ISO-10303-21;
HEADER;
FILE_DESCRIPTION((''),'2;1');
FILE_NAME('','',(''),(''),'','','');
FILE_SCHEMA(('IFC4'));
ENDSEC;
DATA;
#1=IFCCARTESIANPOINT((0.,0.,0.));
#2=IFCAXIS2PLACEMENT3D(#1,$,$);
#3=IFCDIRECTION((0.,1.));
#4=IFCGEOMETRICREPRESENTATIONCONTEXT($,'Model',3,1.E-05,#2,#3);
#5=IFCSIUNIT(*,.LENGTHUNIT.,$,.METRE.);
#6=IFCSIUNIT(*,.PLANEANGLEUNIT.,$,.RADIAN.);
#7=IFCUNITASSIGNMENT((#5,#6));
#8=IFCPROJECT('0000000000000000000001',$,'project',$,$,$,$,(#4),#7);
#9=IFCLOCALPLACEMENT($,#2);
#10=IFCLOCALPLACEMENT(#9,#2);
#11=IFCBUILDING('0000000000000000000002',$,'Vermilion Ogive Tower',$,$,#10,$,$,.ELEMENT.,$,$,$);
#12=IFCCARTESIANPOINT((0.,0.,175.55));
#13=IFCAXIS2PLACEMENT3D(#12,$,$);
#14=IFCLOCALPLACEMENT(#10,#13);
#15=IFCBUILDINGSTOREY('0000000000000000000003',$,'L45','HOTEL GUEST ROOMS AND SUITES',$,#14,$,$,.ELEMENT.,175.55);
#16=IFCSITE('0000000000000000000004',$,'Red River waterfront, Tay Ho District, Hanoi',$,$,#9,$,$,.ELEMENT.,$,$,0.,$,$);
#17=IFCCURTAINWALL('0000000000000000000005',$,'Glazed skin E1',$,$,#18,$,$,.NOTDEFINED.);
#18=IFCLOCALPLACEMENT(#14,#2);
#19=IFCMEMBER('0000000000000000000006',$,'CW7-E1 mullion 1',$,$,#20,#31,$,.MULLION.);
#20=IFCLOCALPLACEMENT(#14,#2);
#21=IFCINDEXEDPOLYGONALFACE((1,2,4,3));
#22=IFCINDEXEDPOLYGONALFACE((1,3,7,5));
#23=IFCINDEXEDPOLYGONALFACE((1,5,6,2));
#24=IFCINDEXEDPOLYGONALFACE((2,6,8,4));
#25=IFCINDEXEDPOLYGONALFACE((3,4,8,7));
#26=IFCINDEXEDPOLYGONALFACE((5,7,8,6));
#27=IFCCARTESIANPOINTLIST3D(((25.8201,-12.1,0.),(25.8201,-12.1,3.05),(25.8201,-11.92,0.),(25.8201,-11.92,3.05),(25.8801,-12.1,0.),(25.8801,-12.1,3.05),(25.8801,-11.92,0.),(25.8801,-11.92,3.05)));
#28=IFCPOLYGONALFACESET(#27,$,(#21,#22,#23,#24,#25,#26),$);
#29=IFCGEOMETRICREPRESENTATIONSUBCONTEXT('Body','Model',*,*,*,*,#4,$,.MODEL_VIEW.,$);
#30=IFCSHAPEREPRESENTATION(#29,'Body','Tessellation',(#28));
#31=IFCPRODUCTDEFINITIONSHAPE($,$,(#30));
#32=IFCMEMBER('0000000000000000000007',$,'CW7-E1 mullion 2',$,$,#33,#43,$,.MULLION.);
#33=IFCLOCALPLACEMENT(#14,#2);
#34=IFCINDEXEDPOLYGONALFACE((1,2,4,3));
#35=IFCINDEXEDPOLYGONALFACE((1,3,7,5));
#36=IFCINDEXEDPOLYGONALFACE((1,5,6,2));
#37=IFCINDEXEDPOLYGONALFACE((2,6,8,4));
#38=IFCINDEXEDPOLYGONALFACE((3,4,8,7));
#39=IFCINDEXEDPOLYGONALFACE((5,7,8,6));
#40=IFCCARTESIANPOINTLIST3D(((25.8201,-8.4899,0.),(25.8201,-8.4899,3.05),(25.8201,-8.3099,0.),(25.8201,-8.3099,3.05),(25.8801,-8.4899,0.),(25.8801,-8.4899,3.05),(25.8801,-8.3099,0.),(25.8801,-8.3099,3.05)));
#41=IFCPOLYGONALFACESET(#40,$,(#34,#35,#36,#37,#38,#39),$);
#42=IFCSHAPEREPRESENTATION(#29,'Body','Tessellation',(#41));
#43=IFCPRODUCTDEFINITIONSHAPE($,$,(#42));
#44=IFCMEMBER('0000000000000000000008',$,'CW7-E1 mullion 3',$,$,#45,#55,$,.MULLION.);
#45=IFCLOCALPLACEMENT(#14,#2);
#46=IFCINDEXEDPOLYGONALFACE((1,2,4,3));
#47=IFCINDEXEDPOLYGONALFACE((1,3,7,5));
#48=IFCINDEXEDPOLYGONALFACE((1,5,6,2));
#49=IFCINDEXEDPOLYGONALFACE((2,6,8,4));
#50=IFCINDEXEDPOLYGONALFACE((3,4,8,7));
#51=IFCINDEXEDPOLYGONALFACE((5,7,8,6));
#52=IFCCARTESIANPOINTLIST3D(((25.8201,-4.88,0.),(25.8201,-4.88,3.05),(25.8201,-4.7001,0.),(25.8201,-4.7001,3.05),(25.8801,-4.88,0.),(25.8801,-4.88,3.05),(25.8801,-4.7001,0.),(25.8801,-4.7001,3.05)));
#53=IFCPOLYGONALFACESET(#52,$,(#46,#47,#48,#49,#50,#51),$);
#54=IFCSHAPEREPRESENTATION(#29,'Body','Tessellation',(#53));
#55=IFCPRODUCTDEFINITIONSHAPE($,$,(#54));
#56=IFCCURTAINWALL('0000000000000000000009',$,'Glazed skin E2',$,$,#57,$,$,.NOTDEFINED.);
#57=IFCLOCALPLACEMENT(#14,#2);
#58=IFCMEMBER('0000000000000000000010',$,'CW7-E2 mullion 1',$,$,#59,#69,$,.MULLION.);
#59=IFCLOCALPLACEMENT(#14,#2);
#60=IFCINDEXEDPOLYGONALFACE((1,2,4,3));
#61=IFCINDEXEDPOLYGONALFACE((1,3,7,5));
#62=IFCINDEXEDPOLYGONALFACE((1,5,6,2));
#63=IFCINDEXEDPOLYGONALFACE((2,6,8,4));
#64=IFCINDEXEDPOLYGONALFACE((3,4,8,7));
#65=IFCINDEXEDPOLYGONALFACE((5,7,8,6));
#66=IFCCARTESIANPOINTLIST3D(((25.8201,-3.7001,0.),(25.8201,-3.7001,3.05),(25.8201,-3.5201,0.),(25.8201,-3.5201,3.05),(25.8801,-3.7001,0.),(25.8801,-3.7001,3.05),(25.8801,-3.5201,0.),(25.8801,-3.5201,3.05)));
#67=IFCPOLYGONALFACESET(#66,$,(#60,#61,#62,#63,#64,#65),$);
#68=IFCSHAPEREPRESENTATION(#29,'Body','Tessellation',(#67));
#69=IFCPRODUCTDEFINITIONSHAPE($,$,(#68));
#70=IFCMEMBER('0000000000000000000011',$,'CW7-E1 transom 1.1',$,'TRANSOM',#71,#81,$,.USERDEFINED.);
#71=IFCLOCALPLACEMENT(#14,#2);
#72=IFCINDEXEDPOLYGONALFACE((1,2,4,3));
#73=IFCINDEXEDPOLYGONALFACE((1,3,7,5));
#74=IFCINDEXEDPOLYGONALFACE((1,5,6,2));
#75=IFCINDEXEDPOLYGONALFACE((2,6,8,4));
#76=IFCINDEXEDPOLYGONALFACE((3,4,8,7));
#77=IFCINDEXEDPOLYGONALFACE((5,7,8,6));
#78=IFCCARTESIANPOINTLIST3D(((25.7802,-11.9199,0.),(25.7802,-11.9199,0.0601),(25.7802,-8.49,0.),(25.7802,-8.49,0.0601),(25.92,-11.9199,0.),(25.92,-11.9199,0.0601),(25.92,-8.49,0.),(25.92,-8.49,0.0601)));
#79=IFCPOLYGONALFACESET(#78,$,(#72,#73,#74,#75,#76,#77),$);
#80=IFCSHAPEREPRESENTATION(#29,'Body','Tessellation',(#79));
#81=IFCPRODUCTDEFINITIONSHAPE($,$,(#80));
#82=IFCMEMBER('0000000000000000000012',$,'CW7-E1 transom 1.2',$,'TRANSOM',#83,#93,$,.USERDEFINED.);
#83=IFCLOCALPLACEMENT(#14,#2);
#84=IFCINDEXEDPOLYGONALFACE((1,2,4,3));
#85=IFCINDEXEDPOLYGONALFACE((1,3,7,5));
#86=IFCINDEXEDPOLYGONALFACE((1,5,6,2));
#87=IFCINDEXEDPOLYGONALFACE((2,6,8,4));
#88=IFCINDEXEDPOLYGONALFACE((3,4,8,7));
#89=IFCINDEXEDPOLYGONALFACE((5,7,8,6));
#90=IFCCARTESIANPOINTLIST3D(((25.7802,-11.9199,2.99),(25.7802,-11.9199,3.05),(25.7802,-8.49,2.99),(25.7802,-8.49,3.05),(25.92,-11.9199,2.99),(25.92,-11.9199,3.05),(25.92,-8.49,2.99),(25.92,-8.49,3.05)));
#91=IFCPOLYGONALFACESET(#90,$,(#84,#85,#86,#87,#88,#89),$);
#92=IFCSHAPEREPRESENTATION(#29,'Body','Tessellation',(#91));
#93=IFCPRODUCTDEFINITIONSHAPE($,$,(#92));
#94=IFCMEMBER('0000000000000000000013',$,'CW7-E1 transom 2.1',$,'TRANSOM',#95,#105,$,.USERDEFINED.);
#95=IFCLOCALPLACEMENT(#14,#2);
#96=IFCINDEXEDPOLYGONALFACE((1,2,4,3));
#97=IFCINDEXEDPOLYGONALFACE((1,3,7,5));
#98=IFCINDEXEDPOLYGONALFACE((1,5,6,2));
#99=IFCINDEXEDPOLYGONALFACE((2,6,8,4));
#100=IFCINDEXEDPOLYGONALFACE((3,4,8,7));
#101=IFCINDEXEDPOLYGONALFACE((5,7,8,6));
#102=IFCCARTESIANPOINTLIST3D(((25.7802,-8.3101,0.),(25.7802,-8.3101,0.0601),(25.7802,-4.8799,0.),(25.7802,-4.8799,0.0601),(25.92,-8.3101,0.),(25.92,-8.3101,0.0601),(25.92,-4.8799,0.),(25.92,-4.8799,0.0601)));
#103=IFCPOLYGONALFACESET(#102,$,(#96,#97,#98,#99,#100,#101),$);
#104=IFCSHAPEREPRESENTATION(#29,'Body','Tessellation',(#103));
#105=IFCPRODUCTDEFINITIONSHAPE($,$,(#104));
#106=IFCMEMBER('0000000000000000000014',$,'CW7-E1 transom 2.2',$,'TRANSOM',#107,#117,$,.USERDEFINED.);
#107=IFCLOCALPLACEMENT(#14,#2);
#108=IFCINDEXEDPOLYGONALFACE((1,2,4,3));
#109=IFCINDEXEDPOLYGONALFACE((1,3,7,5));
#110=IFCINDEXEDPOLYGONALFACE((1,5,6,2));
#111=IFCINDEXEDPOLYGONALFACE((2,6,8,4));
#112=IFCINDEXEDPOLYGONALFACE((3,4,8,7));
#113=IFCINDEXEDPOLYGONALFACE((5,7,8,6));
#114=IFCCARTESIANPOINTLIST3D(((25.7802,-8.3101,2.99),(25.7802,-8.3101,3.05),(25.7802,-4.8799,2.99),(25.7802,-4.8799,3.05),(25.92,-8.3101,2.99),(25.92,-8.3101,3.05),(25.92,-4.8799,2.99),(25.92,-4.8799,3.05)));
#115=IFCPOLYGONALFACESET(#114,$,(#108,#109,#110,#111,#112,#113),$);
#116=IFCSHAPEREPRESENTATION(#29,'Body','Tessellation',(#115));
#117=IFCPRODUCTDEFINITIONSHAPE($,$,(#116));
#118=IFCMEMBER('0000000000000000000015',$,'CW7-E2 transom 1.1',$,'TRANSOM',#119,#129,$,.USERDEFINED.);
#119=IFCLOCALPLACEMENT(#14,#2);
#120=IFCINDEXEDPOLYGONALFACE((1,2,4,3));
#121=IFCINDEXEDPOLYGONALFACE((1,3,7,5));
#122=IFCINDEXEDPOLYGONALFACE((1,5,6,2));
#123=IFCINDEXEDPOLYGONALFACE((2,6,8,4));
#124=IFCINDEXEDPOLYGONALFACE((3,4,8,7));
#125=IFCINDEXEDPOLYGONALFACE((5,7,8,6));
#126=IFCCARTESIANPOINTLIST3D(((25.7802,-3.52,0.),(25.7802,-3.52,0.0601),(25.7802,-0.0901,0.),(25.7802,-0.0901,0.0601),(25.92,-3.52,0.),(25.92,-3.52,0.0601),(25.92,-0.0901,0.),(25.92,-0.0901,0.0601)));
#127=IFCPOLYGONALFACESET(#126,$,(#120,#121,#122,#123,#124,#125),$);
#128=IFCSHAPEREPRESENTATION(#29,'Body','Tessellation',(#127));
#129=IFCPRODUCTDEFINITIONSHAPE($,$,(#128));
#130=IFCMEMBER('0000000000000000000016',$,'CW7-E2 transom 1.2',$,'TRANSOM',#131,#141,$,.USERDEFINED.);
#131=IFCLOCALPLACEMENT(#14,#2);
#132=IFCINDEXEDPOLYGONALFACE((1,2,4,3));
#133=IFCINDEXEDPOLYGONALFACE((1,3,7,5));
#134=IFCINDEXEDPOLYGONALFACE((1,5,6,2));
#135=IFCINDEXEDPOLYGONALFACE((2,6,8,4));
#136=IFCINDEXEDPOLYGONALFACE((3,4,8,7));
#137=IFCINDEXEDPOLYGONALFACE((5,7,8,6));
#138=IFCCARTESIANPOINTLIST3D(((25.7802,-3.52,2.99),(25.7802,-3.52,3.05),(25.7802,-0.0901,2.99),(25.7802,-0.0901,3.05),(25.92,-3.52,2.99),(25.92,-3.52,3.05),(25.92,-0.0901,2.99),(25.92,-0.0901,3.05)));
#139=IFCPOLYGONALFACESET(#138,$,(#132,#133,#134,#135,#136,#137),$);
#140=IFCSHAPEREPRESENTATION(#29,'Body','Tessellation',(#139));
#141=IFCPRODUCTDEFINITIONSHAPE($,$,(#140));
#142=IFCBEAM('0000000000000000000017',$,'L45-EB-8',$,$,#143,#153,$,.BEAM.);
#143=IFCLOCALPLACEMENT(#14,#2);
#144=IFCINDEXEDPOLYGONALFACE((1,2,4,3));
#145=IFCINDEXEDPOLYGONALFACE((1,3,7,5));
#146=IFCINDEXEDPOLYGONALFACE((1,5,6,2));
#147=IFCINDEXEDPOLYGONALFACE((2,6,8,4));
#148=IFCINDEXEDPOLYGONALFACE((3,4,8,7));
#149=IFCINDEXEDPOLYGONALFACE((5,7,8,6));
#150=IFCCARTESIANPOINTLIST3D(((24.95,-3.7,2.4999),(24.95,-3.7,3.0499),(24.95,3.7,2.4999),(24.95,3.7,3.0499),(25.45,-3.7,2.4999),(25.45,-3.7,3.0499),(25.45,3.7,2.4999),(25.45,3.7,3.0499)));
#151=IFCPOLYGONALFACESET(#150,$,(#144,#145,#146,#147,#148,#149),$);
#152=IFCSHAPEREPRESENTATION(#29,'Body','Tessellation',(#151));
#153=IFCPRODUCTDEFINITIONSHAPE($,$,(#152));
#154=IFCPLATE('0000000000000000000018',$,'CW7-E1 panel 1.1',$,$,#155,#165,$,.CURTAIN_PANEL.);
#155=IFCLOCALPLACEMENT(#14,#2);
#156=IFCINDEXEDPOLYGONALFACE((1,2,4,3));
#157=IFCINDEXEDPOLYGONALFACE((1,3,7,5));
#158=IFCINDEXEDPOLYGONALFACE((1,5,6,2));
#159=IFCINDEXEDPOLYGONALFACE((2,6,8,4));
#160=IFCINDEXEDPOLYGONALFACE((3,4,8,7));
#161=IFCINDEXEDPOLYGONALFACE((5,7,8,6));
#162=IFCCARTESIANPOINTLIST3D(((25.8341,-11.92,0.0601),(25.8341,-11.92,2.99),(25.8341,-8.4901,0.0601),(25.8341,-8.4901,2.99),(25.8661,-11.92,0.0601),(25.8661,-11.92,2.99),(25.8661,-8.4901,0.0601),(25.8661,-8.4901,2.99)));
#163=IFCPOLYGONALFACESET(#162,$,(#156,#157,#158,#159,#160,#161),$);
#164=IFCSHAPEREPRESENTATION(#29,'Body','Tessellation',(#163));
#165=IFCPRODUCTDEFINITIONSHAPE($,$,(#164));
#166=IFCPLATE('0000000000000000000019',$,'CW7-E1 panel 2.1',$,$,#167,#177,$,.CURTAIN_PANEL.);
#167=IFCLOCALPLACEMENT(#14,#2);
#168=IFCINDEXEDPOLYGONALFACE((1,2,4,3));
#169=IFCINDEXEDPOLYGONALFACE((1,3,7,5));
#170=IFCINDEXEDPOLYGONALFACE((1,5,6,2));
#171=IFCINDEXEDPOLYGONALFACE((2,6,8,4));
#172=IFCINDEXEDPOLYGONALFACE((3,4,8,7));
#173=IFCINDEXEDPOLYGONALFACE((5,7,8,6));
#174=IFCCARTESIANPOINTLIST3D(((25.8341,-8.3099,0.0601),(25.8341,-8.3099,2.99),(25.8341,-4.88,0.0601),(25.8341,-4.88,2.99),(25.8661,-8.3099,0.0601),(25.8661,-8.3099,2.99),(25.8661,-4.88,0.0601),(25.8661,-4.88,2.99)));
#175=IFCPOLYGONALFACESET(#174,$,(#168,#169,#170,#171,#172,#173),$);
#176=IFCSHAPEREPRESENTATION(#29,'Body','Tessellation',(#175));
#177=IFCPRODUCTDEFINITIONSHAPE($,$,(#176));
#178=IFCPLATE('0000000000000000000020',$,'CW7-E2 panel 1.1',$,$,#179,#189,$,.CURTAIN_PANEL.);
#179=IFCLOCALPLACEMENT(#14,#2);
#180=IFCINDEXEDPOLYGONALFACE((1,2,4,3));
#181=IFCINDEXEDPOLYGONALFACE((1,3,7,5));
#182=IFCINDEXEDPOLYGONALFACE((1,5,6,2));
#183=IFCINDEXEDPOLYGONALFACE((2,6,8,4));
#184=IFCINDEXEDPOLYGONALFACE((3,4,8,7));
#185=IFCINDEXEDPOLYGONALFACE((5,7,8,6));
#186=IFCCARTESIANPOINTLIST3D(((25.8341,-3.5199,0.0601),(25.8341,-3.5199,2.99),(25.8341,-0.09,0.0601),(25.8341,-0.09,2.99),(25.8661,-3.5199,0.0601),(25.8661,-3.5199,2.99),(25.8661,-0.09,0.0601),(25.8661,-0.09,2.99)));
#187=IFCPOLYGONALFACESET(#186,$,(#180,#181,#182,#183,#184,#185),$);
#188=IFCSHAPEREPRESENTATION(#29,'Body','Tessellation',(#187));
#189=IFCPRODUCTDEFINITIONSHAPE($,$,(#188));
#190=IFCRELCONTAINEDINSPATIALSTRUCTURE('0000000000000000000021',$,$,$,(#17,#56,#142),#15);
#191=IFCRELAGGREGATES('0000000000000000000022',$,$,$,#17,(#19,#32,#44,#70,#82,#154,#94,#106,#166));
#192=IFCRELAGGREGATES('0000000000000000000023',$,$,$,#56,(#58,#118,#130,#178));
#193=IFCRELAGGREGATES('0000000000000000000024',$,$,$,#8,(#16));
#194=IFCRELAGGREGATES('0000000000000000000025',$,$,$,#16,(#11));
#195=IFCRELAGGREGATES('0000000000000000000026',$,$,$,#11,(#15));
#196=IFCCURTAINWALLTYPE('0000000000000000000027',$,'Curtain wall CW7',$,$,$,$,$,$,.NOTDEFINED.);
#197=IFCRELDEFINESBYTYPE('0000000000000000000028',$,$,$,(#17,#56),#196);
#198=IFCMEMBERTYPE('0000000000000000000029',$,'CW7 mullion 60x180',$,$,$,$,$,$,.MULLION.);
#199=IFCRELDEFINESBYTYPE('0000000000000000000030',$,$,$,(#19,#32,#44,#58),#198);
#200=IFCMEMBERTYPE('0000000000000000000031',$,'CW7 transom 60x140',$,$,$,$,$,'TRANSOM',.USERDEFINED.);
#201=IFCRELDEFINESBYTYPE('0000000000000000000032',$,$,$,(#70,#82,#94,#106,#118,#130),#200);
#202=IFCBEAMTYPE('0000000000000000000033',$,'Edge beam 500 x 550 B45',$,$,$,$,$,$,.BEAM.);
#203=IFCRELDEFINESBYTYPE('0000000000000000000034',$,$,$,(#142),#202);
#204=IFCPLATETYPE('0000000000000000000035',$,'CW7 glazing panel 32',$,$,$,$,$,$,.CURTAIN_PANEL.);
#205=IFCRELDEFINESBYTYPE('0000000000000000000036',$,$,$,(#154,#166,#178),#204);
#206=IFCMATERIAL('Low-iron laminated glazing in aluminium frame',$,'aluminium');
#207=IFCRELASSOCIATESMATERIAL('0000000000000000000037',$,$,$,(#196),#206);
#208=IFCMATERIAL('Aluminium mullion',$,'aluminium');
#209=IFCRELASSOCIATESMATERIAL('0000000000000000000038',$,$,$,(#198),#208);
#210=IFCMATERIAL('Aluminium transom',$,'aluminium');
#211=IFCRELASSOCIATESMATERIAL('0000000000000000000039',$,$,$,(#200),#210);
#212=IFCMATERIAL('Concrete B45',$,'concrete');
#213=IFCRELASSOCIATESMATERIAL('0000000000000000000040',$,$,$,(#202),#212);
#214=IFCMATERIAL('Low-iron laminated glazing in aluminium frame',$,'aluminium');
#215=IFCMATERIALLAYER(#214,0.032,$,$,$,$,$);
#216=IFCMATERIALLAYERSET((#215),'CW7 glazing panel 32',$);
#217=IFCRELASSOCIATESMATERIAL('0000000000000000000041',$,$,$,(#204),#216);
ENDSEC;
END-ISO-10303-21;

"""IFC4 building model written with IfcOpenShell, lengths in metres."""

from ifc_helpers import new_model, si_unit, direction, frame, origin, origin_2d, place, context, subcontext, project, spatial, rectangle, extrude, material, layer, layer_set, material_profile, profile_set, type_object, element, aggregate, save


model = new_model("IFC4")

# Units and contexts
model_context = context("Model", 3, precision=1e-05, world=origin(), true_north=direction((0.0, 1.0)))
body_context = subcontext(model_context, "Body", "Model", "MODEL_VIEW")
ifc_project = project(units=[si_unit("LENGTHUNIT", "METRE"), si_unit("PLANEANGLEUNIT", "RADIAN")], contexts=[model_context])

# Site, building, storey
site_placement = place(None, origin())
site = spatial("IfcSite", under=ifc_project, at=site_placement, Name="Red River waterfront, Tay Ho District, Hanoi", CompositionType="ELEMENT", RefElevation=0.0)
building_placement = place(site_placement, origin())
building = spatial("IfcBuilding", under=site, at=building_placement, Name="Vermilion Ogive Tower", CompositionType="ELEMENT")
storey_placement = place(building_placement, frame((0.0, 0.0, 175.55)))
storey = spatial("IfcBuildingStorey", under=building, at=storey_placement, Name="L45", Description="HOTEL GUEST ROOMS AND SUITES", CompositionType="ELEMENT", Elevation=175.55)

# Curtain wall, members
ifc_material_1 = material(Name="Low-iron laminated glazing in aluminium frame", Category="aluminium")
curtain_wall_type = type_object("IfcCurtainWallType", Name="Curtain wall CW7", PredefinedType="NOTDEFINED", material=ifc_material_1)
curtain_wall_1_placement = place(storey_placement, origin())
curtain_wall_1 = element("IfcCurtainWall", 1, at=curtain_wall_1_placement, inside=storey, type_object=curtain_wall_type, Name="Glazed skin E1", PredefinedType="NOTDEFINED")
ifc_material_2 = material(Name="Aluminium mullion", Category="aluminium")
ifc_material_profile_1 = material_profile(ifc_material_2, rectangle(XDim=0.0601, YDim=0.1799, at=origin_2d()), Name="AL 60x180")
ifc_profile_set_1 = profile_set([ifc_material_profile_1], Name="Aluminium mullion")
member_type_1 = type_object("IfcMemberType", Name="CW7 mullion 60x180", PredefinedType="MULLION", material=ifc_profile_set_1)
member_1_placement = place(storey_placement, frame((25.8501, -12.01, 0.0), z_axis=(0.0, 0.0, 1.0), x_axis=(-1.0, 0.0, 0.0)))
member_1 = element("IfcMember", 2, at=member_1_placement, type_object=member_type_1, Name="CW7-E1 mullion 1", PredefinedType="MULLION", context=body_context, shape_type="SweptSolid", body=[
    extrude(rectangle(XDim=0.0601, YDim=0.1799, at=origin_2d()), origin(), (0.0, 0.0, 1.0), 3.05),
])
member_2_placement = place(storey_placement, frame((25.8501, -8.3999, 0.0), z_axis=(0.0, 0.0, 1.0), x_axis=(-1.0, 0.0, 0.0)))
member_2 = element("IfcMember", 3, at=member_2_placement, type_object=member_type_1, Name="CW7-E1 mullion 2", PredefinedType="MULLION", context=body_context, shape_type="SweptSolid", body=[
    extrude(rectangle(XDim=0.0601, YDim=0.1799, at=origin_2d()), origin(), (0.0, 0.0, 1.0), 3.05),
])
member_3_placement = place(storey_placement, frame((25.8501, -4.79, 0.0), z_axis=(0.0, 0.0, 1.0), x_axis=(-1.0, 0.0, 0.0)))
member_3 = element("IfcMember", 4, at=member_3_placement, type_object=member_type_1, Name="CW7-E1 mullion 3", PredefinedType="MULLION", context=body_context, shape_type="SweptSolid", body=[
    extrude(rectangle(XDim=0.0601, YDim=0.1799, at=origin_2d()), origin(), (0.0, 0.0, 1.0), 3.05),
])

# Curtain wall, member
curtain_wall_2_placement = place(storey_placement, origin())
curtain_wall_2 = element("IfcCurtainWall", 5, at=curtain_wall_2_placement, inside=storey, type_object=curtain_wall_type, Name="Glazed skin E2", PredefinedType="NOTDEFINED")
member_4_placement = place(storey_placement, frame((25.8501, -3.6101, 0.0), z_axis=(0.0, 0.0, 1.0), x_axis=(-1.0, 0.0, 0.0)))
member_4 = element("IfcMember", 6, at=member_4_placement, type_object=member_type_1, Name="CW7-E2 mullion 1", PredefinedType="MULLION", context=body_context, shape_type="SweptSolid", body=[
    extrude(rectangle(XDim=0.0601, YDim=0.1799, at=origin_2d()), origin(), (0.0, 0.0, 1.0), 3.05),
])

# Members
ifc_material_3 = material(Name="Aluminium transom", Category="aluminium")
ifc_material_profile_2 = material_profile(ifc_material_3, rectangle(XDim=0.1399, YDim=0.0601, at=origin_2d()), Name="AL 60x140")
ifc_profile_set_2 = profile_set([ifc_material_profile_2], Name="Aluminium transom")
member_type_2 = type_object("IfcMemberType", Name="CW7 transom 60x140", ElementType="TRANSOM", PredefinedType="USERDEFINED", material=ifc_profile_set_2)
member_5_placement = place(storey_placement, frame((25.8501, -11.9199, 0.03), z_axis=(0.0, 1.0, 0.0), x_axis=(-1.0, 0.0, 0.0)))
member_5 = element("IfcMember", 7, at=member_5_placement, type_object=member_type_2, Name="CW7-E1 transom 1.1", ObjectType="TRANSOM", PredefinedType="USERDEFINED", context=body_context, shape_type="SweptSolid", body=[
    extrude(rectangle(XDim=0.1399, YDim=0.0601, at=origin_2d()), origin(), (0.0, 0.0, 1.0), 3.4299),
])
member_6_placement = place(storey_placement, frame((25.8501, -11.9199, 3.02), z_axis=(0.0, 1.0, 0.0), x_axis=(-1.0, 0.0, 0.0)))
member_6 = element("IfcMember", 8, at=member_6_placement, type_object=member_type_2, Name="CW7-E1 transom 1.2", ObjectType="TRANSOM", PredefinedType="USERDEFINED", context=body_context, shape_type="SweptSolid", body=[
    extrude(rectangle(XDim=0.1399, YDim=0.0601, at=origin_2d()), origin(), (0.0, 0.0, 1.0), 3.4299),
])
member_7_placement = place(storey_placement, frame((25.8501, -8.3101, 0.03), z_axis=(0.0, 1.0, 0.0), x_axis=(-1.0, 0.0, 0.0)))
member_7 = element("IfcMember", 9, at=member_7_placement, type_object=member_type_2, Name="CW7-E1 transom 2.1", ObjectType="TRANSOM", PredefinedType="USERDEFINED", context=body_context, shape_type="SweptSolid", body=[
    extrude(rectangle(XDim=0.1399, YDim=0.0601, at=origin_2d()), origin(), (0.0, 0.0, 1.0), 3.4302),
])
member_8_placement = place(storey_placement, frame((25.8501, -8.3101, 3.02), z_axis=(0.0, 1.0, 0.0), x_axis=(-1.0, 0.0, 0.0)))
member_8 = element("IfcMember", 10, at=member_8_placement, type_object=member_type_2, Name="CW7-E1 transom 2.2", ObjectType="TRANSOM", PredefinedType="USERDEFINED", context=body_context, shape_type="SweptSolid", body=[
    extrude(rectangle(XDim=0.1399, YDim=0.0601, at=origin_2d()), origin(), (0.0, 0.0, 1.0), 3.4302),
])
member_9_placement = place(storey_placement, frame((25.8501, -3.52, 0.03), z_axis=(0.0, 1.0, 0.0), x_axis=(-1.0, 0.0, 0.0)))
member_9 = element("IfcMember", 11, at=member_9_placement, type_object=member_type_2, Name="CW7-E2 transom 1.1", ObjectType="TRANSOM", PredefinedType="USERDEFINED", context=body_context, shape_type="SweptSolid", body=[
    extrude(rectangle(XDim=0.1399, YDim=0.0601, at=origin_2d()), origin(), (0.0, 0.0, 1.0), 3.4299),
])
member_10_placement = place(storey_placement, frame((25.8501, -3.52, 3.02), z_axis=(0.0, 1.0, 0.0), x_axis=(-1.0, 0.0, 0.0)))
member_10 = element("IfcMember", 12, at=member_10_placement, type_object=member_type_2, Name="CW7-E2 transom 1.2", ObjectType="TRANSOM", PredefinedType="USERDEFINED", context=body_context, shape_type="SweptSolid", body=[
    extrude(rectangle(XDim=0.1399, YDim=0.0601, at=origin_2d()), origin(), (0.0, 0.0, 1.0), 3.4299),
])

# Beam
ifc_material_4 = material(Name="Concrete B45", Category="concrete")
ifc_material_profile_3 = material_profile(ifc_material_4, rectangle(XDim=0.5, YDim=0.55, at=origin_2d()), Name="500 x 550")
ifc_profile_set_3 = profile_set([ifc_material_profile_3], Name="Concrete B45")
beam_type = type_object("IfcBeamType", Name="Edge beam 500 x 550 B45", PredefinedType="BEAM", material=ifc_profile_set_3)
beam_placement = place(storey_placement, frame((25.2, -3.7, 2.7749), z_axis=(0.0, 1.0, 0.0), x_axis=(-1.0, 0.0, 0.0)))
element("IfcBeam", 13, at=beam_placement, inside=storey, type_object=beam_type, Name="L45-EB-8", PredefinedType="BEAM", context=body_context, shape_type="SweptSolid", body=[
    extrude(rectangle(XDim=0.5, YDim=0.55, at=origin_2d()), origin(), (0.0, 0.0, 1.0), 7.3999),
])

# Plates
ifc_material_5 = material(Name="Low-iron laminated glazing in aluminium frame", Category="aluminium")
ifc_layer = layer(ifc_material_5, 0.032)
ifc_layer_set = layer_set([ifc_layer], Name="CW7 glazing panel 32")
plate_type = type_object("IfcPlateType", Name="CW7 glazing panel 32", PredefinedType="CURTAIN_PANEL", material=ifc_layer_set)
plate_1_placement = place(storey_placement, frame((25.8501, -10.2051, 0.0601), z_axis=(0.0, 0.0, 1.0), x_axis=(0.0, 1.0, 0.0)))
plate_1 = element("IfcPlate", 14, at=plate_1_placement, type_object=plate_type, Name="CW7-E1 panel 1.1", PredefinedType="CURTAIN_PANEL", context=body_context, shape_type="SweptSolid", body=[
    extrude(rectangle(XDim=3.4299, YDim=0.032, at=origin_2d()), origin(), (0.0, 0.0, 1.0), 2.9299),
])
plate_2_placement = place(storey_placement, frame((25.8501, -6.595, 0.0601), z_axis=(0.0, 0.0, 1.0), x_axis=(0.0, 1.0, 0.0)))
plate_2 = element("IfcPlate", 15, at=plate_2_placement, type_object=plate_type, Name="CW7-E1 panel 2.1", PredefinedType="CURTAIN_PANEL", context=body_context, shape_type="SweptSolid", body=[
    extrude(rectangle(XDim=3.4299, YDim=0.032, at=origin_2d()), origin(), (0.0, 0.0, 1.0), 2.9299),
])
aggregate(curtain_wall_1, [member_1, member_2, member_3, member_5, member_6, plate_1, member_7, member_8, plate_2])
plate_3_placement = place(storey_placement, frame((25.8501, -1.8049, 0.0601), z_axis=(0.0, 0.0, 1.0), x_axis=(0.0, 1.0, 0.0)))
plate_3 = element("IfcPlate", 16, at=plate_3_placement, type_object=plate_type, Name="CW7-E2 panel 1.1", PredefinedType="CURTAIN_PANEL", context=body_context, shape_type="SweptSolid", body=[
    extrude(rectangle(XDim=3.4299, YDim=0.032, at=origin_2d()), origin(), (0.0, 0.0, 1.0), 2.9299),
])
aggregate(curtain_wall_2, [member_4, member_9, member_10, plate_3])

save(model, "model.ifc")
